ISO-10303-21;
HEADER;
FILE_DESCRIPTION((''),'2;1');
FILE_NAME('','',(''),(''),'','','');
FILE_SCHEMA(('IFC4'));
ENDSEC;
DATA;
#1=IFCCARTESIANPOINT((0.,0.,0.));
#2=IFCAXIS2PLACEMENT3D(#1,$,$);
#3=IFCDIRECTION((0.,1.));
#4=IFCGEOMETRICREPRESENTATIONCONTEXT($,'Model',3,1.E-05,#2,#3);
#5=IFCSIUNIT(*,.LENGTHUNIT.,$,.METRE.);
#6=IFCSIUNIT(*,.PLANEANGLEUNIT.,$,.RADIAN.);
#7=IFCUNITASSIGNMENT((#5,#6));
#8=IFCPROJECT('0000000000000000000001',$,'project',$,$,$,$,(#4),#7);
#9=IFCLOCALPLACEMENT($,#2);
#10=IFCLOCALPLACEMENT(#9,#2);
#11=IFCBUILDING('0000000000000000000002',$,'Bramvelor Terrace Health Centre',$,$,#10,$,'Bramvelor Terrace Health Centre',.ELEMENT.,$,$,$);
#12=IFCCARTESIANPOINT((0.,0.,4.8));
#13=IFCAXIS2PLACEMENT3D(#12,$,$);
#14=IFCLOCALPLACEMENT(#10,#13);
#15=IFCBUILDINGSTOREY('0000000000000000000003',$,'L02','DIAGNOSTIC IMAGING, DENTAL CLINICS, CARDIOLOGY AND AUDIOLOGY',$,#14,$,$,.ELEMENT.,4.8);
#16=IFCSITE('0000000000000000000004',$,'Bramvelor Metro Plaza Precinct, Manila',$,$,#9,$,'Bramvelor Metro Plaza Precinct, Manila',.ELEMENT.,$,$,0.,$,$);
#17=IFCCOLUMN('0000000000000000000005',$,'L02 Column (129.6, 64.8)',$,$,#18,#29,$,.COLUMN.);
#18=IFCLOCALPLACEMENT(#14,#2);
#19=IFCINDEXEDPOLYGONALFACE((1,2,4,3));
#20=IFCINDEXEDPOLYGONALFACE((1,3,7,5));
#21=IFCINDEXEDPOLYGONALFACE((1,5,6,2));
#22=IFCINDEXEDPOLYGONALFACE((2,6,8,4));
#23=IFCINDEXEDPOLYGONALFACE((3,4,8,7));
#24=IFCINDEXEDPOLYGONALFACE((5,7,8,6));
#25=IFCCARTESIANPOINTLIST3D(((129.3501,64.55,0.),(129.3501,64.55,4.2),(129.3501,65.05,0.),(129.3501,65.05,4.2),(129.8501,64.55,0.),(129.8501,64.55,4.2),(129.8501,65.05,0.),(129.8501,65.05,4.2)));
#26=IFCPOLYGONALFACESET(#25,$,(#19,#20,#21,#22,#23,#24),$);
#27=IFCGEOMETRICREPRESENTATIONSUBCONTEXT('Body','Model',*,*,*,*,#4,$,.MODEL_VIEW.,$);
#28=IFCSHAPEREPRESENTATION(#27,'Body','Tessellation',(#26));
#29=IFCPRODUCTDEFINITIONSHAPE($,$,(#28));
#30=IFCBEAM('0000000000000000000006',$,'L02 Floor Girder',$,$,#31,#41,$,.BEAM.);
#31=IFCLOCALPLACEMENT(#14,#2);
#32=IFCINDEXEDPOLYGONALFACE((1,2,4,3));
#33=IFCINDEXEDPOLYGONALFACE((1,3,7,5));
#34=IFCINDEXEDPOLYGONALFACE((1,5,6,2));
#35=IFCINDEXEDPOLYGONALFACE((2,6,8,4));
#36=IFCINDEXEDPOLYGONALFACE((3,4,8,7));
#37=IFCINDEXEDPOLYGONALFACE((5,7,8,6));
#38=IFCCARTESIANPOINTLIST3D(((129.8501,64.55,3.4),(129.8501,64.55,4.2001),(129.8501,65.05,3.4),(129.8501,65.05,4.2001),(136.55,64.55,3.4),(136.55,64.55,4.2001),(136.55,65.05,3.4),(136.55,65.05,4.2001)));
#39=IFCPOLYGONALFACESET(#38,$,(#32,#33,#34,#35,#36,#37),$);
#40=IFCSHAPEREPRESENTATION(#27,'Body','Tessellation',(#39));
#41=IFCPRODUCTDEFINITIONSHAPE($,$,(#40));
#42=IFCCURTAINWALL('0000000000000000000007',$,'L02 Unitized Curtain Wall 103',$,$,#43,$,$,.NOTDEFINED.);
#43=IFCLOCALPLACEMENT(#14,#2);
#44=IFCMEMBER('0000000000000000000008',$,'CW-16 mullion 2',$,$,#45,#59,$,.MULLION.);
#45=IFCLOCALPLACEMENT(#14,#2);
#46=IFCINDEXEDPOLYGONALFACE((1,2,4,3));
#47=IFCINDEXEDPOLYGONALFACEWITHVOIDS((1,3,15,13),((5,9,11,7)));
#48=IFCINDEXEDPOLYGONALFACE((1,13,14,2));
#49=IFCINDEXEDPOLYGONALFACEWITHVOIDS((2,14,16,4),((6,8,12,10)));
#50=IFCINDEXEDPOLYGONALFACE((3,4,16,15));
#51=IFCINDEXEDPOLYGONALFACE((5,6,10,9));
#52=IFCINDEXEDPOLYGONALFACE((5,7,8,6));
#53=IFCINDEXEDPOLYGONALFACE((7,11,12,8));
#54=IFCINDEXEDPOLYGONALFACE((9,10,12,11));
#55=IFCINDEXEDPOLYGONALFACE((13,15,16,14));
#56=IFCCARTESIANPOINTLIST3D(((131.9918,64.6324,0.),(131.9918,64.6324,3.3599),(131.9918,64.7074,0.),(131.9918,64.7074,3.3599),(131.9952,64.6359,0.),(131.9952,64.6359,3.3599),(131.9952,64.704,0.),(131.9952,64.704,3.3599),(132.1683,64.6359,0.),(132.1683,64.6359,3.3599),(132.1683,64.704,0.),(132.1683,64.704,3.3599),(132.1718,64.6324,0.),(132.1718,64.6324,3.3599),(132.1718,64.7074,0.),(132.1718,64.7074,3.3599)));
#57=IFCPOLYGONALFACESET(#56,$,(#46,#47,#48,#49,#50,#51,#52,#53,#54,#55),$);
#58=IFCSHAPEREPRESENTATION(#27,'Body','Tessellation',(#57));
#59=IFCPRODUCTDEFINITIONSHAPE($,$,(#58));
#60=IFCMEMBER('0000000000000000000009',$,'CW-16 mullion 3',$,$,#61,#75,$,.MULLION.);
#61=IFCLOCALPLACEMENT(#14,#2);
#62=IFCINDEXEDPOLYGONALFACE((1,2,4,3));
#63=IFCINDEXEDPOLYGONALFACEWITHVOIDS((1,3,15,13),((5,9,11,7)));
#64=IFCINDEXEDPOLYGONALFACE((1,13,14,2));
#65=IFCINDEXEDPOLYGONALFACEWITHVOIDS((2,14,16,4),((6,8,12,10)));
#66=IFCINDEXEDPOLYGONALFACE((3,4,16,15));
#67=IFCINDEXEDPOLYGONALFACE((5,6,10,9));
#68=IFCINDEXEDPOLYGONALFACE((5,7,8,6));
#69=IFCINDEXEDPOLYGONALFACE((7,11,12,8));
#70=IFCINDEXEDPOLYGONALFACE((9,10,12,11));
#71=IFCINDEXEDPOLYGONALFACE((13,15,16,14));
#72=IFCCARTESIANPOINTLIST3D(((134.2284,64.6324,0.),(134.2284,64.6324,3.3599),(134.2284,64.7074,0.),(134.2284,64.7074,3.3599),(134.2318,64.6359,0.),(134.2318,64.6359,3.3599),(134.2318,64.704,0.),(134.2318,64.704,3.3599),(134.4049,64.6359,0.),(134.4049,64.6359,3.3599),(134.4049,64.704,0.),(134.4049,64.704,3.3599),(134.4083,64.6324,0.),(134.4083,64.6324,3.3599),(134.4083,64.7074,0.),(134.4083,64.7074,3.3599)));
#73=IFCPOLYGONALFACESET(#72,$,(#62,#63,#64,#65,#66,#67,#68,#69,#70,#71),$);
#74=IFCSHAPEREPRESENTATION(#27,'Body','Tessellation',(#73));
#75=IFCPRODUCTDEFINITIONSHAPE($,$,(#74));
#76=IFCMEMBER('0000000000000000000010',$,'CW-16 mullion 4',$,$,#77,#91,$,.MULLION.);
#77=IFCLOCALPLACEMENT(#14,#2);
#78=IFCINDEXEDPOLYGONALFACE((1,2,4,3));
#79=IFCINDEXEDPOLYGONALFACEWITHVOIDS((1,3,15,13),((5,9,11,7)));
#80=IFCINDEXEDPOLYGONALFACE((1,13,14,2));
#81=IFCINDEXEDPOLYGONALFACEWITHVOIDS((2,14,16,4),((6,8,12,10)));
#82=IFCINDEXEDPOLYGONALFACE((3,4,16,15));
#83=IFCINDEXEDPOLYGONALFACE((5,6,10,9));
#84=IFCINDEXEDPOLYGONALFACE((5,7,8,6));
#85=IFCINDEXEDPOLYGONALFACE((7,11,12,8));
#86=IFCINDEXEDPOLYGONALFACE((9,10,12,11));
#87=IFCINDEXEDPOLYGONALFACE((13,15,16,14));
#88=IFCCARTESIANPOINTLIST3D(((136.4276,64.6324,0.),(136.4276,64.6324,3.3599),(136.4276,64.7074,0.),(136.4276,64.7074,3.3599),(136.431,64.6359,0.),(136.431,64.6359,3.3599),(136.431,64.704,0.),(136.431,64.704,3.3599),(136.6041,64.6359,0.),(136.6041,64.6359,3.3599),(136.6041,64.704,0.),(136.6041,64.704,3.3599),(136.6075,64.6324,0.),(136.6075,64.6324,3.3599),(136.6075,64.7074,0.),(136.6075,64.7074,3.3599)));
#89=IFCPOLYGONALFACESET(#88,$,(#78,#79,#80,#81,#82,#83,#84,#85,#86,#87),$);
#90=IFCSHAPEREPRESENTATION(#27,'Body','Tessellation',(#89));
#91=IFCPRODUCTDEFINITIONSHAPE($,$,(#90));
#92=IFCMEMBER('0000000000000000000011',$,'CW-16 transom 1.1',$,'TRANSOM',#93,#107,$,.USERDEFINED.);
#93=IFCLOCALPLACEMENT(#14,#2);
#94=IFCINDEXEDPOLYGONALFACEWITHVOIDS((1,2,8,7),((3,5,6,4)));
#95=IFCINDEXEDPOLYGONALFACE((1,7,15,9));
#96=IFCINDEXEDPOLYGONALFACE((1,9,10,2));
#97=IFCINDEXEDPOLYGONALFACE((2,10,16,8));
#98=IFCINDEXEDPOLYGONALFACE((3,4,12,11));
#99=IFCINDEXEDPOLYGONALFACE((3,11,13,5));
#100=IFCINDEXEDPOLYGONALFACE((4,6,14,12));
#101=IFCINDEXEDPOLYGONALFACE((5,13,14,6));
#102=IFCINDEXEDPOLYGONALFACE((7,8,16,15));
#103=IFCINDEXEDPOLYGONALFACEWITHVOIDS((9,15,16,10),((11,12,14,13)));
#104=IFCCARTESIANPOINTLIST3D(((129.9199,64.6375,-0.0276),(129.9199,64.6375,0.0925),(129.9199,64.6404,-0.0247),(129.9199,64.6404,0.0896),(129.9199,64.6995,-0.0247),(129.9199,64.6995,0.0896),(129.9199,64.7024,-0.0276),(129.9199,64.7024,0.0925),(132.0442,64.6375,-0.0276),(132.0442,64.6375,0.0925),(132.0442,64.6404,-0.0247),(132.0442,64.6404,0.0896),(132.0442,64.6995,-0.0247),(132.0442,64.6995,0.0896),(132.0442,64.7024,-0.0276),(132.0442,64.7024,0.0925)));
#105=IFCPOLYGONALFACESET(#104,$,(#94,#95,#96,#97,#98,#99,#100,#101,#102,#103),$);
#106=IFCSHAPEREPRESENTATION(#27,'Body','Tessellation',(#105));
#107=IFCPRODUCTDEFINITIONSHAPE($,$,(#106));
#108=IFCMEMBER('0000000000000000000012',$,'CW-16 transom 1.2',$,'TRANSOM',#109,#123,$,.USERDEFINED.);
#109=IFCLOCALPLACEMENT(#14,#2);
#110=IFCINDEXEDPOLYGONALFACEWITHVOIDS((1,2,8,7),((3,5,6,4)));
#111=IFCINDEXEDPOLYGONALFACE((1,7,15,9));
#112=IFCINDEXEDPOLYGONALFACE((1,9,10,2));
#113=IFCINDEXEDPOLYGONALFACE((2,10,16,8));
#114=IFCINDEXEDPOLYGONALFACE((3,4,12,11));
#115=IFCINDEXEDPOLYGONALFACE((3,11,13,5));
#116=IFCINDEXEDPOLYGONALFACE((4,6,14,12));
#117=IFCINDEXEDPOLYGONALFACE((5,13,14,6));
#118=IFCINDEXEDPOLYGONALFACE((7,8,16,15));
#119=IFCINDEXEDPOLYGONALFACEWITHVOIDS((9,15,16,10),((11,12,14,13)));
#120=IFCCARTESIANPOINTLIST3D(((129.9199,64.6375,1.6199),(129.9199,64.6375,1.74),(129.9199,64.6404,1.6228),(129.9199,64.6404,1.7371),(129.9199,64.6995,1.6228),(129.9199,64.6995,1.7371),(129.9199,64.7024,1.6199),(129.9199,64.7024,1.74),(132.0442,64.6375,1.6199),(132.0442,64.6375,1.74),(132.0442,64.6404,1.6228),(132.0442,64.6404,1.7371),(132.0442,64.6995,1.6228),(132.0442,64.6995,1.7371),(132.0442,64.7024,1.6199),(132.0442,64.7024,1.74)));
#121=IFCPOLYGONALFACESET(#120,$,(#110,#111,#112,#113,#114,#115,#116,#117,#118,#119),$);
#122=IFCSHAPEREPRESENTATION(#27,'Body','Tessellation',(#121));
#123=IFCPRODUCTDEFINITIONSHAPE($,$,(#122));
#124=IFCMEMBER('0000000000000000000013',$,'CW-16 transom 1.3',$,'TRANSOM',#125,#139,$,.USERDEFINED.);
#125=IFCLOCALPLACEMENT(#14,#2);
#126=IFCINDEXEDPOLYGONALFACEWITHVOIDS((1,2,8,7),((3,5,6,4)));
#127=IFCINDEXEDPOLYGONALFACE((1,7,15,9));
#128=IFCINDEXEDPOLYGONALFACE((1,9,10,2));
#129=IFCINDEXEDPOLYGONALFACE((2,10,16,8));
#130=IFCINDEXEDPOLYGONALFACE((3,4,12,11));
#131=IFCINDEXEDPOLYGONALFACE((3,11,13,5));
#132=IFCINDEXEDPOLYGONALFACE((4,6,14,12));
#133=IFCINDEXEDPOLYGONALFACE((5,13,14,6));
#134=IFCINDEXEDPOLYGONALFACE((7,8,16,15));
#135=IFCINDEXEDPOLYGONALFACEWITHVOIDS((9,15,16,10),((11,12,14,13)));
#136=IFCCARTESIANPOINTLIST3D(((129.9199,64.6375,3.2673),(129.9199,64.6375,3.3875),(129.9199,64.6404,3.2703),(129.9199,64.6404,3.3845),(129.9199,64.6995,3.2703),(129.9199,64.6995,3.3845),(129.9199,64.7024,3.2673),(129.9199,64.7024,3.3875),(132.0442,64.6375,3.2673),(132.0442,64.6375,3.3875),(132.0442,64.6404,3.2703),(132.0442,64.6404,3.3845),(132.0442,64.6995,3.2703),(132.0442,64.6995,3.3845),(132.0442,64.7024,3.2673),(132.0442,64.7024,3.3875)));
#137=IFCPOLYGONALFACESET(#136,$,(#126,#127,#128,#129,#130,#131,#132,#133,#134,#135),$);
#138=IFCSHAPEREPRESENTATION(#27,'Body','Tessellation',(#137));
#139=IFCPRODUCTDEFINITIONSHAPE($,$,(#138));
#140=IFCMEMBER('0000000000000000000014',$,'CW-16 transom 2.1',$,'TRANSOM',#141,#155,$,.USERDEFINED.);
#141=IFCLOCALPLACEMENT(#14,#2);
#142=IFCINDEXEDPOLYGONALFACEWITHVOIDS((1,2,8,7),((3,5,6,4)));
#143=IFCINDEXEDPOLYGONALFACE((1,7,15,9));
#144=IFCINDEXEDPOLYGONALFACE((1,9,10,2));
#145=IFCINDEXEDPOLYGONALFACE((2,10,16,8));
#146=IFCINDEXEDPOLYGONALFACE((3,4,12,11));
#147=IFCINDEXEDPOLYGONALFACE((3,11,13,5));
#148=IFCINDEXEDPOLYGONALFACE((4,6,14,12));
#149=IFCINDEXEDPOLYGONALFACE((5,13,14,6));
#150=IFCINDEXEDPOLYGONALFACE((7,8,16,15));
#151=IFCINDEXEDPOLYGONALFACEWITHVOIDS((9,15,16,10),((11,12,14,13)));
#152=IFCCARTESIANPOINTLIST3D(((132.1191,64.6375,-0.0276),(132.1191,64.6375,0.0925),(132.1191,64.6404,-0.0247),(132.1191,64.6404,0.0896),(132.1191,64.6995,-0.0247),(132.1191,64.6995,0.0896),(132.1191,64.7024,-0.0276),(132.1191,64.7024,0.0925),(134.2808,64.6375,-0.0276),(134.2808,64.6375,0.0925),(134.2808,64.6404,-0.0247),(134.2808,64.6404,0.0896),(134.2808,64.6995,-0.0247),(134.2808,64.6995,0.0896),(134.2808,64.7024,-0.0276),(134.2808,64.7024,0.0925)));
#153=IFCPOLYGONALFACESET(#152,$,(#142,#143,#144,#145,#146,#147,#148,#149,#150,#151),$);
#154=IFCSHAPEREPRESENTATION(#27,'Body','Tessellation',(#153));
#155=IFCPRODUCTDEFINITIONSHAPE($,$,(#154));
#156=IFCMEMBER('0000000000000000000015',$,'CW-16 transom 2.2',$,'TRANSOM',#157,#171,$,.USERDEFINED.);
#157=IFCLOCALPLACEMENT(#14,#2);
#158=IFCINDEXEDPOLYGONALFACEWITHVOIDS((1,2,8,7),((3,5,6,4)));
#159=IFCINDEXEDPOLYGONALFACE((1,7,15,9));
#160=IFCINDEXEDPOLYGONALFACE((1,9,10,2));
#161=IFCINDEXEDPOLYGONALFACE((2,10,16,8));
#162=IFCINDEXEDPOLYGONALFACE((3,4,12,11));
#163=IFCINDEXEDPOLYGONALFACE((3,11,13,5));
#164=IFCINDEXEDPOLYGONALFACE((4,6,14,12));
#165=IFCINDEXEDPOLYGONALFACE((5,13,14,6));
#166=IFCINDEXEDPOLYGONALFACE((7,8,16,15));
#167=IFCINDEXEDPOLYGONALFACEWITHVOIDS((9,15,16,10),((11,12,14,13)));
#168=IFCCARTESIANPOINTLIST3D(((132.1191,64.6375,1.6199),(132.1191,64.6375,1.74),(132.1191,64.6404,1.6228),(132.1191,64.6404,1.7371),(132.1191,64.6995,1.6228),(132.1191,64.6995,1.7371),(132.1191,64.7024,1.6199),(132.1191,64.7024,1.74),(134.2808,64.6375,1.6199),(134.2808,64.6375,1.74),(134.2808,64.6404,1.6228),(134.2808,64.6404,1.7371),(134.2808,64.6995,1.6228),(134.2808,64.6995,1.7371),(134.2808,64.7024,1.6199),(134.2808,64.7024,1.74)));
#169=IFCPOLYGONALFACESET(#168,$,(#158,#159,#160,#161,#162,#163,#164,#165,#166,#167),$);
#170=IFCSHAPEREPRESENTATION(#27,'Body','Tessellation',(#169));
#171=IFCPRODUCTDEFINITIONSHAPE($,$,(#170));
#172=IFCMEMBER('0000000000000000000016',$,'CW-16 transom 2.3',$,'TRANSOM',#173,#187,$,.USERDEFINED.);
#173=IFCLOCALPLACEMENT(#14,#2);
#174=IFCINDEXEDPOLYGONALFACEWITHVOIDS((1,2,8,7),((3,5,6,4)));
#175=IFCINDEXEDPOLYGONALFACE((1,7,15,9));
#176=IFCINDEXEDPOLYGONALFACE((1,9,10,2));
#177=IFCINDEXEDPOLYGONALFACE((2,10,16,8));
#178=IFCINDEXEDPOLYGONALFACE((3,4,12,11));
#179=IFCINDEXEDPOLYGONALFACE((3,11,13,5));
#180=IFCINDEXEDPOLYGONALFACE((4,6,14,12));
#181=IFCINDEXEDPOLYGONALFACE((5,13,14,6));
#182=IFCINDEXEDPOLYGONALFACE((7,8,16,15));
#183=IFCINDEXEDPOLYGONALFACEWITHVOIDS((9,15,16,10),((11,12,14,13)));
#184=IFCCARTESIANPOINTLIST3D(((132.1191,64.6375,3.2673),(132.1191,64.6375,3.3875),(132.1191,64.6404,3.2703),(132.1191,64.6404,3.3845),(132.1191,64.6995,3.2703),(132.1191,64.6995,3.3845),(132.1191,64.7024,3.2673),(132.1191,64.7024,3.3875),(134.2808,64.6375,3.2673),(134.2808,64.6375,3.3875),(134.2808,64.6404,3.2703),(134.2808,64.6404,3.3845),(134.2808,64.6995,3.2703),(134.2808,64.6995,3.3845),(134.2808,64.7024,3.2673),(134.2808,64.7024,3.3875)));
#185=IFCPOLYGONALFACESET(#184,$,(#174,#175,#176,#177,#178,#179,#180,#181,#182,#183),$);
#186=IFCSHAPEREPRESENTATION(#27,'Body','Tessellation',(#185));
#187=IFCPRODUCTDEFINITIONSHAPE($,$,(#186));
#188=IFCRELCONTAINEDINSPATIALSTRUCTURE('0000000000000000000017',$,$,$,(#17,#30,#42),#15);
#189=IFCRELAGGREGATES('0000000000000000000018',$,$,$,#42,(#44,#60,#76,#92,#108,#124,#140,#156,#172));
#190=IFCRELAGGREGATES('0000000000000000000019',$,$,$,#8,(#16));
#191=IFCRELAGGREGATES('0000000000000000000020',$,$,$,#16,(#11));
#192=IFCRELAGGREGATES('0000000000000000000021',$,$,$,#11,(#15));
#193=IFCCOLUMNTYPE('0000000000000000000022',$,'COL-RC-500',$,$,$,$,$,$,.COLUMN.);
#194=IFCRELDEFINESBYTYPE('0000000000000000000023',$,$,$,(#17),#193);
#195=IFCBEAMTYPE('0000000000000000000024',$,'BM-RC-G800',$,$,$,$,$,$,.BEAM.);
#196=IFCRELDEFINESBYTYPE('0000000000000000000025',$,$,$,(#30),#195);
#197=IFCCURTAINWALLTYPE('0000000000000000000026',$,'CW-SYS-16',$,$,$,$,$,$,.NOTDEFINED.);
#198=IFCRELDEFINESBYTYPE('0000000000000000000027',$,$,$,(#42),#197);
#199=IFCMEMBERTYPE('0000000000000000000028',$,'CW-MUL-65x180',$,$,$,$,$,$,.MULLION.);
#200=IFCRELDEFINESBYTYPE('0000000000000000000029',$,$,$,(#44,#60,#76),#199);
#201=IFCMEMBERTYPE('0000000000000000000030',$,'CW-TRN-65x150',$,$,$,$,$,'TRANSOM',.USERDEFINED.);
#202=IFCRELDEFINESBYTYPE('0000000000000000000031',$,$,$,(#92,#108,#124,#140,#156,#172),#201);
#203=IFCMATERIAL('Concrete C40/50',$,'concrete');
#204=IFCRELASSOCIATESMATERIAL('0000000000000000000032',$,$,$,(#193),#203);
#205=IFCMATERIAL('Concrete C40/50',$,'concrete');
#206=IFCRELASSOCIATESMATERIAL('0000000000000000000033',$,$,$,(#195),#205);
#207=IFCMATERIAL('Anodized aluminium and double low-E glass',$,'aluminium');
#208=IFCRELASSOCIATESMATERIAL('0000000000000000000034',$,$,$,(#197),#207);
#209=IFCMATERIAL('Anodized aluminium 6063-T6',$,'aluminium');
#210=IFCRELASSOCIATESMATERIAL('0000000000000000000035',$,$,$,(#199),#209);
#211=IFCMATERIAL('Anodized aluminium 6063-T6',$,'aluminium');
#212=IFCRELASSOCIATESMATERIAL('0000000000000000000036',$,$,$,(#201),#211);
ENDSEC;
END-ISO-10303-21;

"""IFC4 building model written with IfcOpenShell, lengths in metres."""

from ifc_helpers import new_model, si_unit, direction, frame, origin, origin_2d, place, context, subcontext, project, spatial, rectangle, hollow_rectangle, extrude, material, material_profile, profile_set, type_object, element, aggregate, save


model = new_model("IFC4")

# Units and contexts
model_context = context("Model", 3, precision=1e-05, world=origin(), true_north=direction((0.0, 1.0)))
body_context = subcontext(model_context, "Body", "Model", "MODEL_VIEW")
ifc_project = project(units=[si_unit("LENGTHUNIT", "METRE"), si_unit("PLANEANGLEUNIT", "RADIAN")], contexts=[model_context])

# Site, building, storey
site_placement = place(None, origin())
site = spatial("IfcSite", under=ifc_project, at=site_placement, Name="Bramvelor Metro Plaza Precinct, Manila", LongName="Bramvelor Metro Plaza Precinct, Manila", CompositionType="ELEMENT", RefElevation=0.0)
building_placement = place(site_placement, origin())
building = spatial("IfcBuilding", under=site, at=building_placement, Name="Bramvelor Terrace Health Centre", LongName="Bramvelor Terrace Health Centre", CompositionType="ELEMENT")
storey_placement = place(building_placement, frame((0.0, 0.0, 4.8)))
storey = spatial("IfcBuildingStorey", under=building, at=storey_placement, Name="L02", Description="DIAGNOSTIC IMAGING, DENTAL CLINICS, CARDIOLOGY AND AUDIOLOGY", CompositionType="ELEMENT", Elevation=4.8)

# Column
ifc_material_1 = material(Name="Concrete C40/50", Category="concrete")
ifc_material_profile_1 = material_profile(ifc_material_1, rectangle(XDim=0.5, YDim=0.5, at=origin_2d()), Name="RC 500x500")
ifc_profile_set_1 = profile_set([ifc_material_profile_1], Name="Concrete C40/50")
column_type = type_object("IfcColumnType", Name="COL-RC-500", PredefinedType="COLUMN", material=ifc_profile_set_1)
column_placement = place(storey_placement, frame((129.6001, 64.8, 0.0), z_axis=(0.0, 0.0, 1.0), x_axis=(1.0, 0.0, 0.0)))
element("IfcColumn", 1, at=column_placement, inside=storey, type_object=column_type, Name="L02 Column (129.6, 64.8)", PredefinedType="COLUMN", context=body_context, shape_type="SweptSolid", body=[
    extrude(rectangle(XDim=0.5, YDim=0.5, at=origin_2d()), origin(), (0.0, 0.0, 1.0), 4.2),
])

# Beam
ifc_material_2 = material(Name="Concrete C40/50", Category="concrete")
ifc_material_profile_2 = material_profile(ifc_material_2, rectangle(XDim=0.5, YDim=0.8, at=origin_2d()), Name="RC 500x800")
ifc_profile_set_2 = profile_set([ifc_material_profile_2], Name="Concrete C40/50")
beam_type = type_object("IfcBeamType", Name="BM-RC-G800", PredefinedType="BEAM", material=ifc_profile_set_2)
beam_placement = place(storey_placement, frame((129.8501, 64.8, 3.8), z_axis=(1.0, 0.0, 0.0), x_axis=(0.0, 1.0, 0.0)))
element("IfcBeam", 2, at=beam_placement, inside=storey, type_object=beam_type, Name="L02 Floor Girder", PredefinedType="BEAM", context=body_context, shape_type="SweptSolid", body=[
    extrude(rectangle(XDim=0.5, YDim=0.8, at=origin_2d()), origin(), (0.0, 0.0, 1.0), 6.7),
])

# Curtain wall, members
ifc_material_3 = material(Name="Anodized aluminium and double low-E glass", Category="aluminium")
curtain_wall_type = type_object("IfcCurtainWallType", Name="CW-SYS-16", PredefinedType="NOTDEFINED", material=ifc_material_3)
curtain_wall_placement = place(storey_placement, origin())
curtain_wall = element("IfcCurtainWall", 3, at=curtain_wall_placement, inside=storey, type_object=curtain_wall_type, Name="L02 Unitized Curtain Wall 103", PredefinedType="NOTDEFINED")
ifc_material_4 = material(Name="Anodized aluminium 6063-T6", Category="aluminium")
ifc_material_profile_3 = material_profile(ifc_material_4, hollow_rectangle(XDim=0.075, YDim=0.1799, WallThickness=0.0034, at=origin_2d()), Name="ALU-MUL 75x180x3.5")
ifc_profile_set_3 = profile_set([ifc_material_profile_3], Name="Anodized aluminium 6063-T6")
member_type_1 = type_object("IfcMemberType", Name="CW-MUL-65x180", PredefinedType="MULLION", material=ifc_profile_set_3)
member_1_placement = place(storey_placement, frame((132.0818, 64.6699, 0.0), z_axis=(0.0, 0.0, 1.0), x_axis=(0.0, 1.0, 0.0)))
member_1 = element("IfcMember", 4, at=member_1_placement, type_object=member_type_1, Name="CW-16 mullion 2", PredefinedType="MULLION", context=body_context, shape_type="SweptSolid", body=[
    extrude(hollow_rectangle(XDim=0.075, YDim=0.1799, WallThickness=0.0034, at=origin_2d()), origin(), (0.0, 0.0, 1.0), 3.3599),
])
member_2_placement = place(storey_placement, frame((134.3184, 64.6699, 0.0), z_axis=(0.0, 0.0, 1.0), x_axis=(0.0, 1.0, 0.0)))
member_2 = element("IfcMember", 5, at=member_2_placement, type_object=member_type_1, Name="CW-16 mullion 3", PredefinedType="MULLION", context=body_context, shape_type="SweptSolid", body=[
    extrude(hollow_rectangle(XDim=0.075, YDim=0.1799, WallThickness=0.0034, at=origin_2d()), origin(), (0.0, 0.0, 1.0), 3.3599),
])
member_3_placement = place(storey_placement, frame((136.5176, 64.6699, 0.0), z_axis=(0.0, 0.0, 1.0), x_axis=(0.0, 1.0, 0.0)))
member_3 = element("IfcMember", 6, at=member_3_placement, type_object=member_type_1, Name="CW-16 mullion 4", PredefinedType="MULLION", context=body_context, shape_type="SweptSolid", body=[
    extrude(hollow_rectangle(XDim=0.075, YDim=0.1799, WallThickness=0.0034, at=origin_2d()), origin(), (0.0, 0.0, 1.0), 3.3599),
])
ifc_material_5 = material(Name="Anodized aluminium 6063-T6", Category="aluminium")
ifc_material_profile_4 = material_profile(ifc_material_5, hollow_rectangle(XDim=0.0649, YDim=0.1201, WallThickness=0.0029, at=origin_2d()), Name="ALU-TRN 65x120x3.0")
ifc_profile_set_4 = profile_set([ifc_material_profile_4], Name="Anodized aluminium 6063-T6")
member_type_2 = type_object("IfcMemberType", Name="CW-TRN-65x150", ElementType="TRANSOM", PredefinedType="USERDEFINED", material=ifc_profile_set_4)
member_4_placement = place(storey_placement, frame((129.9199, 64.6699, 0.0325), z_axis=(1.0, 0.0, 0.0), x_axis=(0.0, 1.0, 0.0)))
member_4 = element("IfcMember", 7, at=member_4_placement, type_object=member_type_2, Name="CW-16 transom 1.1", ObjectType="TRANSOM", PredefinedType="USERDEFINED", context=body_context, shape_type="SweptSolid", body=[
    extrude(hollow_rectangle(XDim=0.0649, YDim=0.1201, WallThickness=0.0029, at=origin_2d()), origin(), (0.0, 0.0, 1.0), 2.1243),
])
member_5_placement = place(storey_placement, frame((129.9199, 64.6699, 1.6799), z_axis=(1.0, 0.0, 0.0), x_axis=(0.0, 1.0, 0.0)))
member_5 = element("IfcMember", 8, at=member_5_placement, type_object=member_type_2, Name="CW-16 transom 1.2", ObjectType="TRANSOM", PredefinedType="USERDEFINED", context=body_context, shape_type="SweptSolid", body=[
    extrude(hollow_rectangle(XDim=0.0649, YDim=0.1201, WallThickness=0.0029, at=origin_2d()), origin(), (0.0, 0.0, 1.0), 2.1243),
])
member_6_placement = place(storey_placement, frame((129.9199, 64.6699, 3.3274), z_axis=(1.0, 0.0, 0.0), x_axis=(0.0, 1.0, 0.0)))
member_6 = element("IfcMember", 9, at=member_6_placement, type_object=member_type_2, Name="CW-16 transom 1.3", ObjectType="TRANSOM", PredefinedType="USERDEFINED", context=body_context, shape_type="SweptSolid", body=[
    extrude(hollow_rectangle(XDim=0.0649, YDim=0.1201, WallThickness=0.0029, at=origin_2d()), origin(), (0.0, 0.0, 1.0), 2.1243),
])
member_7_placement = place(storey_placement, frame((132.1191, 64.6699, 0.0325), z_axis=(1.0, 0.0, 0.0), x_axis=(0.0, 1.0, 0.0)))
member_7 = element("IfcMember", 10, at=member_7_placement, type_object=member_type_2, Name="CW-16 transom 2.1", ObjectType="TRANSOM", PredefinedType="USERDEFINED", context=body_context, shape_type="SweptSolid", body=[
    extrude(hollow_rectangle(XDim=0.0649, YDim=0.1201, WallThickness=0.0029, at=origin_2d()), origin(), (0.0, 0.0, 1.0), 2.1616),
])
member_8_placement = place(storey_placement, frame((132.1191, 64.6699, 1.6799), z_axis=(1.0, 0.0, 0.0), x_axis=(0.0, 1.0, 0.0)))
member_8 = element("IfcMember", 11, at=member_8_placement, type_object=member_type_2, Name="CW-16 transom 2.2", ObjectType="TRANSOM", PredefinedType="USERDEFINED", context=body_context, shape_type="SweptSolid", body=[
    extrude(hollow_rectangle(XDim=0.0649, YDim=0.1201, WallThickness=0.0029, at=origin_2d()), origin(), (0.0, 0.0, 1.0), 2.1616),
])
member_9_placement = place(storey_placement, frame((132.1191, 64.6699, 3.3274), z_axis=(1.0, 0.0, 0.0), x_axis=(0.0, 1.0, 0.0)))
member_9 = element("IfcMember", 12, at=member_9_placement, type_object=member_type_2, Name="CW-16 transom 2.3", ObjectType="TRANSOM", PredefinedType="USERDEFINED", context=body_context, shape_type="SweptSolid", body=[
    extrude(hollow_rectangle(XDim=0.0649, YDim=0.1201, WallThickness=0.0029, at=origin_2d()), origin(), (0.0, 0.0, 1.0), 2.1616),
])
aggregate(curtain_wall, [member_1, member_2, member_3, member_4, member_5, member_6, member_7, member_8, member_9])

save(model, "model.ifc")
